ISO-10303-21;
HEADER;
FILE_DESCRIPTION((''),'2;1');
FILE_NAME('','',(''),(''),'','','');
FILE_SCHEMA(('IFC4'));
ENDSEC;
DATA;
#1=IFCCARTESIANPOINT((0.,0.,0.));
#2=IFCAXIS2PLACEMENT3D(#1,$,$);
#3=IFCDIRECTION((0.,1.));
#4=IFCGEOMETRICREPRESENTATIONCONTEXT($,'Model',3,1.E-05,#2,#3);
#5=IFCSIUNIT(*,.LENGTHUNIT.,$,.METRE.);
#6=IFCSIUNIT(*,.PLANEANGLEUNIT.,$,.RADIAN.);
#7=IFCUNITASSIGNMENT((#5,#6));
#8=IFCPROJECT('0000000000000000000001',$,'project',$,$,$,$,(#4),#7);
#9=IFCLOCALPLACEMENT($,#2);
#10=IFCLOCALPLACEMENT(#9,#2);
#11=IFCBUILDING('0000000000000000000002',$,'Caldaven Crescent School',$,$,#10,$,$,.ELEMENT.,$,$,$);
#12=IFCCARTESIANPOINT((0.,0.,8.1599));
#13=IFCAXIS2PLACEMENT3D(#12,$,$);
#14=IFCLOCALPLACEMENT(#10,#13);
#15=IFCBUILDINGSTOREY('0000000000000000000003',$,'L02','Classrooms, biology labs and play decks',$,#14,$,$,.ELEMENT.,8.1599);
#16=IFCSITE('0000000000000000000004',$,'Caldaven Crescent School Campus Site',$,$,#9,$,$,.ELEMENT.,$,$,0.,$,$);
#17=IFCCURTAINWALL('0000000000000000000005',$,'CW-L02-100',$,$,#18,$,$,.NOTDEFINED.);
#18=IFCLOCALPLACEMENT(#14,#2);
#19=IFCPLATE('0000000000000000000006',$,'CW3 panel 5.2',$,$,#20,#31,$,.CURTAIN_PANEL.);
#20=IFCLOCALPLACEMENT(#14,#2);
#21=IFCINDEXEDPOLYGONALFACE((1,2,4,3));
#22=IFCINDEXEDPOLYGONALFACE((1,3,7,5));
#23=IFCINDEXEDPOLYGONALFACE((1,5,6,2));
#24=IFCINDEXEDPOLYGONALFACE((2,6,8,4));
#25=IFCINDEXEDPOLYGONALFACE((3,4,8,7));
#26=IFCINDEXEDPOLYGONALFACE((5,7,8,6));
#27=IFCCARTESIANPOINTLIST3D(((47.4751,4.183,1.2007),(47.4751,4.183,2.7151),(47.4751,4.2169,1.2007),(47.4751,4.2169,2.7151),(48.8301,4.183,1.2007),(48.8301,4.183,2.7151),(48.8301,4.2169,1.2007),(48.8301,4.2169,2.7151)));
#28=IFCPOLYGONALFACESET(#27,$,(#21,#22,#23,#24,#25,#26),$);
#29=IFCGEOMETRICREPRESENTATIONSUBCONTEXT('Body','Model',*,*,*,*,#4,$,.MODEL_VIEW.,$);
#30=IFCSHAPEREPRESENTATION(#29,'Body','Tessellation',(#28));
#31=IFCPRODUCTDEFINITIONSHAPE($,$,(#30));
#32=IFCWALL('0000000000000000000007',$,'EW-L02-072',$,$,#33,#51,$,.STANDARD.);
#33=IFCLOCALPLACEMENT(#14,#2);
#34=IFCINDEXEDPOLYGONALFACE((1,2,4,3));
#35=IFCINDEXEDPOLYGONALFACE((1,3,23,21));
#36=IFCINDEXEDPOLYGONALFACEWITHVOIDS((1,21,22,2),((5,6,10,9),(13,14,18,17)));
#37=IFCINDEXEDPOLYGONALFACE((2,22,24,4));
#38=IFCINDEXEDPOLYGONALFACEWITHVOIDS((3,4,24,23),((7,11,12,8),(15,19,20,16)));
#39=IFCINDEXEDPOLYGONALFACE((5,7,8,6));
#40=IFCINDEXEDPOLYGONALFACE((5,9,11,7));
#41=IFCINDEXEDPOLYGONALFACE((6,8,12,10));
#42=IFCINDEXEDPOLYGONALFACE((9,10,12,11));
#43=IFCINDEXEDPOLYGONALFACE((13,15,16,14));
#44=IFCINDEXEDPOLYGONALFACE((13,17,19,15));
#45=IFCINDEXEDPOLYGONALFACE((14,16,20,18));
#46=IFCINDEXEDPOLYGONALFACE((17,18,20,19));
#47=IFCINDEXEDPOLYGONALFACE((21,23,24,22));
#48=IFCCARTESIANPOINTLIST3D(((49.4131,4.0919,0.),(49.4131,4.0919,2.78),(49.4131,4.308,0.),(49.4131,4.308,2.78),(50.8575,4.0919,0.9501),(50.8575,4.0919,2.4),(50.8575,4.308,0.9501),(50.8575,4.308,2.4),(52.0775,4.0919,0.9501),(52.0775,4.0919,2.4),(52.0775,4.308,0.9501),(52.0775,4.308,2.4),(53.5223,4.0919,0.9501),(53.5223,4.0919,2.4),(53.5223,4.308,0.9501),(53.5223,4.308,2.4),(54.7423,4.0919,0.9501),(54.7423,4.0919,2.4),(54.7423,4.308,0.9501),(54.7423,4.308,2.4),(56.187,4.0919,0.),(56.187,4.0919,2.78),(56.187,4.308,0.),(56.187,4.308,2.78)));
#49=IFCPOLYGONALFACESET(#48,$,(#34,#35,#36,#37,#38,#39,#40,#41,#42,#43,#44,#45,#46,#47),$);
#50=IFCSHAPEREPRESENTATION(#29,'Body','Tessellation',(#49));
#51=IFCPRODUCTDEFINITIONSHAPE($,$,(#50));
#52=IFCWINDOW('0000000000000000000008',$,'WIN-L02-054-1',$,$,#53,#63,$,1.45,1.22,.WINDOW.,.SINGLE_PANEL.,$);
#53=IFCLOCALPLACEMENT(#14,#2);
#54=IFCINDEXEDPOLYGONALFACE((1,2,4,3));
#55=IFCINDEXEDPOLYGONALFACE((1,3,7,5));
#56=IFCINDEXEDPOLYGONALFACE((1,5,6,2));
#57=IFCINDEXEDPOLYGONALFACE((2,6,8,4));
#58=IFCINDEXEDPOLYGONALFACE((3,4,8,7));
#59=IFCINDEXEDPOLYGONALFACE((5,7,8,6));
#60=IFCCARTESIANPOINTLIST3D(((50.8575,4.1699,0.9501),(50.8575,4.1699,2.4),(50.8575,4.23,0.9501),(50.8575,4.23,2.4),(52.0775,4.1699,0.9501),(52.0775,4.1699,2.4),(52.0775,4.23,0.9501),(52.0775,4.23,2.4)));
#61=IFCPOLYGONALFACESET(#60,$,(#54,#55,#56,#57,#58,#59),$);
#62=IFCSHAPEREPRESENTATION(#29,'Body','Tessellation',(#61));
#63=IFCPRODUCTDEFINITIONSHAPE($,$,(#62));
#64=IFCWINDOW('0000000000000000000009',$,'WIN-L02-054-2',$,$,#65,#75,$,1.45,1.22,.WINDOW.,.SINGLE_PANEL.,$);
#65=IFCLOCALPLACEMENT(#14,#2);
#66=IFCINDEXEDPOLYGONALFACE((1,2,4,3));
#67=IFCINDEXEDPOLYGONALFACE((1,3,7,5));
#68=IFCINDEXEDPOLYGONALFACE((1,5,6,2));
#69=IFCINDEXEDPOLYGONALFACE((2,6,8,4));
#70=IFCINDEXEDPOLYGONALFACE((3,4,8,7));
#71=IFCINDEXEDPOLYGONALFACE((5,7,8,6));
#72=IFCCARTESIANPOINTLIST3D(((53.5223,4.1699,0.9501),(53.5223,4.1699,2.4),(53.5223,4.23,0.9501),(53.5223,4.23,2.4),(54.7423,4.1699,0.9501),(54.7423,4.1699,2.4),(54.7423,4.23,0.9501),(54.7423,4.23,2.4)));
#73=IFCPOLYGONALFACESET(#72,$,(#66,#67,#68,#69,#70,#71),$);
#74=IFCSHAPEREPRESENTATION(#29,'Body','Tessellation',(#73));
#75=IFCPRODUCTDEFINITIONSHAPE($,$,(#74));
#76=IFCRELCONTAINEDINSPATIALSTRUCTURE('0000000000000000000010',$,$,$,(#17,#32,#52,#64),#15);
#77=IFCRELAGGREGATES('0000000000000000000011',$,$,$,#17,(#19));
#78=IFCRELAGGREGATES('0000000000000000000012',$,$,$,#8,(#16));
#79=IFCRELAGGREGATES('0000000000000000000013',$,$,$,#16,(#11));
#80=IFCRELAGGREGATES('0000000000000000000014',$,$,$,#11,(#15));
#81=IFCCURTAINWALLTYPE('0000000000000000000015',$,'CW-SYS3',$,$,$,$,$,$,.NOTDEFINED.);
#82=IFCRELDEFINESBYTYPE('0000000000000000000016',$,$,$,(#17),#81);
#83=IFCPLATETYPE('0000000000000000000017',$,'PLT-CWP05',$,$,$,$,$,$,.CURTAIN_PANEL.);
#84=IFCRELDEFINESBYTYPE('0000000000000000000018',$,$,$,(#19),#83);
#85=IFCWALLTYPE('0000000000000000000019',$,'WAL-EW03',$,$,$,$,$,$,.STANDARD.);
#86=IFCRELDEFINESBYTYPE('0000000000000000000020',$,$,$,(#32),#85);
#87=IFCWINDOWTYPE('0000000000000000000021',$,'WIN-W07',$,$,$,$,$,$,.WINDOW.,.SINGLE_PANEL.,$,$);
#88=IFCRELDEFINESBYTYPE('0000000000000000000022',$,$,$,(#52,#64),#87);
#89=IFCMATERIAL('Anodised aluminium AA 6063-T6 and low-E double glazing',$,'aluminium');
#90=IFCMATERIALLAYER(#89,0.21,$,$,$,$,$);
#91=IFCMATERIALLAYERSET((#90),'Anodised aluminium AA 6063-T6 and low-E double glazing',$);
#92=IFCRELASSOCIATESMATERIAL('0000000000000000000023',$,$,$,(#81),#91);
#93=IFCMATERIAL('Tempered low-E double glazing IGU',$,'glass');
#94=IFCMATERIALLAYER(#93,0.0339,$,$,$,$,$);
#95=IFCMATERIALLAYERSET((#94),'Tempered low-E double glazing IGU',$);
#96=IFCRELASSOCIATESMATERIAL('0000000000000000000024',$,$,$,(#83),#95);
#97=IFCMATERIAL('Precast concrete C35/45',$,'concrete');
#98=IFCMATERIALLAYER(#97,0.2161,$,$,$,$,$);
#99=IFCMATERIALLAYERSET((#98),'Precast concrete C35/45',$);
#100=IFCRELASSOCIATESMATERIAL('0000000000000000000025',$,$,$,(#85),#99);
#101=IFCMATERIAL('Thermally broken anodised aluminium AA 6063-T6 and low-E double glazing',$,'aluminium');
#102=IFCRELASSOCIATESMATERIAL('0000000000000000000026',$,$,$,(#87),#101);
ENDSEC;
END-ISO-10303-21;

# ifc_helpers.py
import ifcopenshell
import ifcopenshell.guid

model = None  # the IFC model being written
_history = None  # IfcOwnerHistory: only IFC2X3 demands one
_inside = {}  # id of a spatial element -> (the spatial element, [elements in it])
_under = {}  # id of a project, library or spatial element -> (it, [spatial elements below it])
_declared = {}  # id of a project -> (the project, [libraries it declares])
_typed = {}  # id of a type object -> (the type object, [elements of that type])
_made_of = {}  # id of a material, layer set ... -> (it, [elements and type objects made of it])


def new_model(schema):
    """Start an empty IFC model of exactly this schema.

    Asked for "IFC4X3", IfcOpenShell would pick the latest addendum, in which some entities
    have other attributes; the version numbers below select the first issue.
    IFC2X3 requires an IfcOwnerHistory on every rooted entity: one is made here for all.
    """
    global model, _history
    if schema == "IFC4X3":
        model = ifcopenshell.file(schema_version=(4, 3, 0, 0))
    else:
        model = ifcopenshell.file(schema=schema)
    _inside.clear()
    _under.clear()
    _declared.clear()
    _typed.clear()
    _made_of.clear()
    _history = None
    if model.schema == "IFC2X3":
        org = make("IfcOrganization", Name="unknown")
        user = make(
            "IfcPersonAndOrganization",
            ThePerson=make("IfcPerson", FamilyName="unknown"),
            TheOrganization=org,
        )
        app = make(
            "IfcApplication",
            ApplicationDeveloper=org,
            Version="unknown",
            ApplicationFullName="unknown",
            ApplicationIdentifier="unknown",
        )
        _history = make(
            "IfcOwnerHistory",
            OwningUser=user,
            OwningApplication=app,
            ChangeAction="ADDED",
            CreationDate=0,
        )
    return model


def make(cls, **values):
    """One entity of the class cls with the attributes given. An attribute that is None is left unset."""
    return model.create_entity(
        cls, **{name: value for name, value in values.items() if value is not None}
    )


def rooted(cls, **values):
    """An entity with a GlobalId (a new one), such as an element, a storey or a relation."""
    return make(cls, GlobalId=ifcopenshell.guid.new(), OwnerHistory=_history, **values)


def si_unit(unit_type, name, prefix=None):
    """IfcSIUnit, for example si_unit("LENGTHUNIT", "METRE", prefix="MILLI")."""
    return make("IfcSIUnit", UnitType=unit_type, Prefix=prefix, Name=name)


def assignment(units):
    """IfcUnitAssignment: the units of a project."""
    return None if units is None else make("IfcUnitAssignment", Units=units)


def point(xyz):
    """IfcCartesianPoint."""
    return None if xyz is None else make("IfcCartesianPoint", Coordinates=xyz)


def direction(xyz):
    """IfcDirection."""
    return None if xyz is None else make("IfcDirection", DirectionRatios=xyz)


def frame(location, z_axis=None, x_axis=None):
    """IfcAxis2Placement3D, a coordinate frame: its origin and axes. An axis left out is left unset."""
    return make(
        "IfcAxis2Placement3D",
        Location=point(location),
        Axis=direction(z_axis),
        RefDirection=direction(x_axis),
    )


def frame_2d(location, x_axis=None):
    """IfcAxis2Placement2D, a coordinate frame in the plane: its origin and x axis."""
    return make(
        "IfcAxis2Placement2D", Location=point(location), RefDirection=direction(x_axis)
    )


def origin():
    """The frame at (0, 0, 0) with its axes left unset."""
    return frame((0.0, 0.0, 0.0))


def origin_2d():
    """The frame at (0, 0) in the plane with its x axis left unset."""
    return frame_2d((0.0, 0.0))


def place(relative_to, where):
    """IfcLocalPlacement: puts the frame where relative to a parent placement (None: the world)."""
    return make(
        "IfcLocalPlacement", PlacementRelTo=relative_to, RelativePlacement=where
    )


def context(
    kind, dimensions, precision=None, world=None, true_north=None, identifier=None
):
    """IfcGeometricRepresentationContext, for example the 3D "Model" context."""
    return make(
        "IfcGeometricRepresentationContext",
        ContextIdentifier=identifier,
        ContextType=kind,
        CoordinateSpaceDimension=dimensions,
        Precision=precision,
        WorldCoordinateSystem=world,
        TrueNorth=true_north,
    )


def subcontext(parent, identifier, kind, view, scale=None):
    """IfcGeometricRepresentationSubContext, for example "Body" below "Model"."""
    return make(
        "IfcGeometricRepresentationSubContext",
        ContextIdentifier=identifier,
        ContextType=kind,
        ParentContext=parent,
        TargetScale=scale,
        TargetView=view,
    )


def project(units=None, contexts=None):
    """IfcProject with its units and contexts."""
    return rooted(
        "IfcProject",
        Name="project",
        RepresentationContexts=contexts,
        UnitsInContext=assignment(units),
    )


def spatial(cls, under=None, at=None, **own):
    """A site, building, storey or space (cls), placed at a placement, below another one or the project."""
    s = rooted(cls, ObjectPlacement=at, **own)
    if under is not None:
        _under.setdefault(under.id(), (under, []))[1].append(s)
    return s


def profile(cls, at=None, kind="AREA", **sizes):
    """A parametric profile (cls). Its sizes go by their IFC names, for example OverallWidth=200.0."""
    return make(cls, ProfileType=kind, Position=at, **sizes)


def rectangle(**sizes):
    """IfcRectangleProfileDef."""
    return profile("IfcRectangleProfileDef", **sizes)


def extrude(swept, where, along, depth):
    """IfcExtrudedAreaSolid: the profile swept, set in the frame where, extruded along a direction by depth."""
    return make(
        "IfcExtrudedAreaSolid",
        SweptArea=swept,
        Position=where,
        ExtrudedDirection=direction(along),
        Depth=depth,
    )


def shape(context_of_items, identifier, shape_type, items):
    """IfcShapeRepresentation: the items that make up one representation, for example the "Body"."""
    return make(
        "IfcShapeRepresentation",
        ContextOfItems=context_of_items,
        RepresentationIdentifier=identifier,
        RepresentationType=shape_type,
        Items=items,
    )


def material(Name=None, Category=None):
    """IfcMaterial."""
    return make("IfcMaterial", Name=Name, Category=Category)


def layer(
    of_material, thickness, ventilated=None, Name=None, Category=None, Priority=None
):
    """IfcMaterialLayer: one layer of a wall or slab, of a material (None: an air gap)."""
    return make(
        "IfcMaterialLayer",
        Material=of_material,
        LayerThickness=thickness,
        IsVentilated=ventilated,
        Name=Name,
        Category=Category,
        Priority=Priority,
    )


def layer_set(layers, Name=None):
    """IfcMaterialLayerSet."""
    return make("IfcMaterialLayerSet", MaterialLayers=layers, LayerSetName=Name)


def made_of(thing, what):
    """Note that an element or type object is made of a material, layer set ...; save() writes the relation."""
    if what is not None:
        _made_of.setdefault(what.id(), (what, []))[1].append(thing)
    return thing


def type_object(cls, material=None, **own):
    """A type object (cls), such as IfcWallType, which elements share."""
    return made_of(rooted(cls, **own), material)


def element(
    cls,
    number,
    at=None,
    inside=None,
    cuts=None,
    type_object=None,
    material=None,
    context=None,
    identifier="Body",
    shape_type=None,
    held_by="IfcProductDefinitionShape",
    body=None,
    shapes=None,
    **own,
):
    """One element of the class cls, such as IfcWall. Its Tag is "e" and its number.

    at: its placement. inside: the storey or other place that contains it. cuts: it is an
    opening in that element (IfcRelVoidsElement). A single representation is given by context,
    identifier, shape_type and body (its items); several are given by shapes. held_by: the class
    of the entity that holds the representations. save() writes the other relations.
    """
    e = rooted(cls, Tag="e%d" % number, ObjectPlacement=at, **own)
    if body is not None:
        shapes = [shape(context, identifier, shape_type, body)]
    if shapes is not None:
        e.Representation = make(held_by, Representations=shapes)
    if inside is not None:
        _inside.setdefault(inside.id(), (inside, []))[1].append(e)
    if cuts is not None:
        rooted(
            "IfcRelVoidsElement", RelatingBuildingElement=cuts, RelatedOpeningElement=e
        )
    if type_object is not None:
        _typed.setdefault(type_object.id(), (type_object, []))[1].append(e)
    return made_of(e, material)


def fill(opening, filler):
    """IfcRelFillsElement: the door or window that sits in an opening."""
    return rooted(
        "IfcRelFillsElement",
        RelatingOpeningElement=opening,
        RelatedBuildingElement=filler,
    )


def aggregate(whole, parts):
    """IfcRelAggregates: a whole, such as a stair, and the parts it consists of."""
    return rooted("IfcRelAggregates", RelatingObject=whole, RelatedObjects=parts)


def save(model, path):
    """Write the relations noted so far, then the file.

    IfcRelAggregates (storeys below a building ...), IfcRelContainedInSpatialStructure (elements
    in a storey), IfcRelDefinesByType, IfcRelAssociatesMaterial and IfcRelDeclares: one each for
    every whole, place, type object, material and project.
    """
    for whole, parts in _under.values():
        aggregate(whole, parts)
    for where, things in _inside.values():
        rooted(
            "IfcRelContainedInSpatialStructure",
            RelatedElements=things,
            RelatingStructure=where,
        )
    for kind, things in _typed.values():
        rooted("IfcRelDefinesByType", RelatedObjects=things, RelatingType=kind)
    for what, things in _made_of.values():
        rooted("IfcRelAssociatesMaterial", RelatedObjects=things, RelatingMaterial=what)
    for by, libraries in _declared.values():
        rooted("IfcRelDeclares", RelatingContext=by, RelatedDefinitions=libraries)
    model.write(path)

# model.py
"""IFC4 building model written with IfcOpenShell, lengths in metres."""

from ifc_helpers import new_model, si_unit, direction, frame, frame_2d, origin, origin_2d, place, context, subcontext, project, spatial, rectangle, extrude, material, layer, layer_set, type_object, element, fill, aggregate, save


model = new_model("IFC4")

# Units and contexts
model_context = context("Model", 3, precision=1e-05, world=origin(), true_north=direction((0.0, 1.0)))
body_context = subcontext(model_context, "Body", "Model", "MODEL_VIEW")
ifc_project = project(units=[si_unit("LENGTHUNIT", "METRE"), si_unit("PLANEANGLEUNIT", "RADIAN")], contexts=[model_context])

# Site, building, storey
site_placement = place(None, origin())
site = spatial("IfcSite", under=ifc_project, at=site_placement, Name="Caldaven Crescent School Campus Site", CompositionType="ELEMENT", RefElevation=0.0)
building_placement = place(site_placement, origin())
building = spatial("IfcBuilding", under=site, at=building_placement, Name="Caldaven Crescent School", CompositionType="ELEMENT")
storey_placement = place(building_placement, frame((0.0, 0.0, 8.1599)))
storey = spatial("IfcBuildingStorey", under=building, at=storey_placement, Name="L02", Description="Classrooms, biology labs and play decks", CompositionType="ELEMENT", Elevation=8.1599)

# Curtain wall
ifc_material_1 = material(Name="Anodised aluminium AA 6063-T6 and low-E double glazing", Category="aluminium")
ifc_layer_1 = layer(ifc_material_1, 0.21)
ifc_layer_set_1 = layer_set([ifc_layer_1], Name="Anodised aluminium AA 6063-T6 and low-E double glazing")
curtain_wall_type = type_object("IfcCurtainWallType", Name="CW-SYS3", PredefinedType="NOTDEFINED", material=ifc_layer_set_1)
curtain_wall_placement = place(storey_placement, origin())
curtain_wall = element("IfcCurtainWall", 1, at=curtain_wall_placement, inside=storey, type_object=curtain_wall_type, Name="CW-L02-100", PredefinedType="NOTDEFINED")

# Plate
ifc_material_2 = material(Name="Tempered low-E double glazing IGU", Category="glass")
ifc_layer_2 = layer(ifc_material_2, 0.0339)
ifc_layer_set_2 = layer_set([ifc_layer_2], Name="Tempered low-E double glazing IGU")
plate_type = type_object("IfcPlateType", Name="PLT-CWP05", PredefinedType="CURTAIN_PANEL", material=ifc_layer_set_2)
plate_1_placement = place(storey_placement, frame((48.1526, 4.2, 1.2007), z_axis=(0.0, 0.0, 1.0), x_axis=(1.0, 0.0, 0.0)))
plate_1 = element("IfcPlate", 2, at=plate_1_placement, type_object=plate_type, Name="CW3 panel 5.2", PredefinedType="CURTAIN_PANEL", context=body_context, shape_type="SweptSolid", body=[
    extrude(rectangle(XDim=1.355, YDim=0.0339, at=origin_2d()), origin(), (0.0, 0.0, 1.0), 1.5144),
])
aggregate(curtain_wall, [plate_1])

# Wall, openings, windows
ifc_material_3 = material(Name="Precast concrete C35/45", Category="concrete")
ifc_layer_3 = layer(ifc_material_3, 0.2161)
ifc_layer_set_3 = layer_set([ifc_layer_3], Name="Precast concrete C35/45")
wall_type = type_object("IfcWallType", Name="WAL-EW03", PredefinedType="STANDARD", material=ifc_layer_set_3)
wall_placement = place(storey_placement, frame((49.4131, 4.2, 0.0), z_axis=(0.0, 0.0, 1.0), x_axis=(1.0, 0.0, 0.0)))
wall = element("IfcWall", 3, at=wall_placement, inside=storey, type_object=wall_type, Name="EW-L02-072", PredefinedType="STANDARD", context=body_context, shape_type="SweptSolid", body=[
    extrude(rectangle(XDim=6.7739, YDim=0.2161, at=frame_2d((3.387, 0.0))), origin(), (0.0, 0.0, 1.0), 2.78),
])
opening_1_placement = place(wall_placement, frame((1.4446, 0.0, 0.95)))
opening_1 = element("IfcOpeningElement", 4, at=opening_1_placement, cuts=wall, PredefinedType="OPENING", context=body_context, shape_type="SweptSolid", body=[
    extrude(rectangle(XDim=1.22, YDim=1.45, at=frame_2d((0.6099, 0.7251))), frame((0.0, 0.1179, 0.0), z_axis=(0.0, -1.0, 0.0), x_axis=(1.0, 0.0, 0.0)), (0.0, 0.0, 1.0), 0.2361),
])
opening_2_placement = place(wall_placement, frame((4.1094, 0.0, 0.95)))
opening_2 = element("IfcOpeningElement", 5, at=opening_2_placement, cuts=wall, PredefinedType="OPENING", context=body_context, shape_type="SweptSolid", body=[
    extrude(rectangle(XDim=1.22, YDim=1.45, at=frame_2d((0.6099, 0.7251))), frame((0.0, 0.1179, 0.0), z_axis=(0.0, -1.0, 0.0), x_axis=(1.0, 0.0, 0.0)), (0.0, 0.0, 1.0), 0.2361),
])
ifc_material_4 = material(Name="Thermally broken anodised aluminium AA 6063-T6 and low-E double glazing", Category="aluminium")
window_type = type_object("IfcWindowType", Name="WIN-W07", PartitioningType="SINGLE_PANEL", PredefinedType="WINDOW", material=ifc_material_4)
window_1_placement = place(opening_1_placement, origin())
window_1 = element("IfcWindow", 6, at=window_1_placement, inside=storey, type_object=window_type, Name="WIN-L02-054-1", OverallHeight=1.45, OverallWidth=1.22, PartitioningType="SINGLE_PANEL", PredefinedType="WINDOW", context=body_context, shape_type="SweptSolid", body=[
    extrude(rectangle(XDim=1.22, YDim=1.45, at=frame_2d((0.6099, 0.7251))), frame((0.0, 0.03, 0.0), z_axis=(0.0, -1.0, 0.0), x_axis=(1.0, 0.0, 0.0)), (0.0, 0.0, 1.0), 0.0601),
])
fill(opening_1, window_1)
window_2_placement = place(opening_2_placement, origin())
window_2 = element("IfcWindow", 7, at=window_2_placement, inside=storey, type_object=window_type, Name="WIN-L02-054-2", OverallHeight=1.45, OverallWidth=1.22, PartitioningType="SINGLE_PANEL", PredefinedType="WINDOW", context=body_context, shape_type="SweptSolid", body=[
    extrude(rectangle(XDim=1.22, YDim=1.45, at=frame_2d((0.6099, 0.7251))), frame((0.0, 0.03, 0.0), z_axis=(0.0, -1.0, 0.0), x_axis=(1.0, 0.0, 0.0)), (0.0, 0.0, 1.0), 0.0601),
])
fill(opening_2, window_2)

save(model, "model.ifc")
